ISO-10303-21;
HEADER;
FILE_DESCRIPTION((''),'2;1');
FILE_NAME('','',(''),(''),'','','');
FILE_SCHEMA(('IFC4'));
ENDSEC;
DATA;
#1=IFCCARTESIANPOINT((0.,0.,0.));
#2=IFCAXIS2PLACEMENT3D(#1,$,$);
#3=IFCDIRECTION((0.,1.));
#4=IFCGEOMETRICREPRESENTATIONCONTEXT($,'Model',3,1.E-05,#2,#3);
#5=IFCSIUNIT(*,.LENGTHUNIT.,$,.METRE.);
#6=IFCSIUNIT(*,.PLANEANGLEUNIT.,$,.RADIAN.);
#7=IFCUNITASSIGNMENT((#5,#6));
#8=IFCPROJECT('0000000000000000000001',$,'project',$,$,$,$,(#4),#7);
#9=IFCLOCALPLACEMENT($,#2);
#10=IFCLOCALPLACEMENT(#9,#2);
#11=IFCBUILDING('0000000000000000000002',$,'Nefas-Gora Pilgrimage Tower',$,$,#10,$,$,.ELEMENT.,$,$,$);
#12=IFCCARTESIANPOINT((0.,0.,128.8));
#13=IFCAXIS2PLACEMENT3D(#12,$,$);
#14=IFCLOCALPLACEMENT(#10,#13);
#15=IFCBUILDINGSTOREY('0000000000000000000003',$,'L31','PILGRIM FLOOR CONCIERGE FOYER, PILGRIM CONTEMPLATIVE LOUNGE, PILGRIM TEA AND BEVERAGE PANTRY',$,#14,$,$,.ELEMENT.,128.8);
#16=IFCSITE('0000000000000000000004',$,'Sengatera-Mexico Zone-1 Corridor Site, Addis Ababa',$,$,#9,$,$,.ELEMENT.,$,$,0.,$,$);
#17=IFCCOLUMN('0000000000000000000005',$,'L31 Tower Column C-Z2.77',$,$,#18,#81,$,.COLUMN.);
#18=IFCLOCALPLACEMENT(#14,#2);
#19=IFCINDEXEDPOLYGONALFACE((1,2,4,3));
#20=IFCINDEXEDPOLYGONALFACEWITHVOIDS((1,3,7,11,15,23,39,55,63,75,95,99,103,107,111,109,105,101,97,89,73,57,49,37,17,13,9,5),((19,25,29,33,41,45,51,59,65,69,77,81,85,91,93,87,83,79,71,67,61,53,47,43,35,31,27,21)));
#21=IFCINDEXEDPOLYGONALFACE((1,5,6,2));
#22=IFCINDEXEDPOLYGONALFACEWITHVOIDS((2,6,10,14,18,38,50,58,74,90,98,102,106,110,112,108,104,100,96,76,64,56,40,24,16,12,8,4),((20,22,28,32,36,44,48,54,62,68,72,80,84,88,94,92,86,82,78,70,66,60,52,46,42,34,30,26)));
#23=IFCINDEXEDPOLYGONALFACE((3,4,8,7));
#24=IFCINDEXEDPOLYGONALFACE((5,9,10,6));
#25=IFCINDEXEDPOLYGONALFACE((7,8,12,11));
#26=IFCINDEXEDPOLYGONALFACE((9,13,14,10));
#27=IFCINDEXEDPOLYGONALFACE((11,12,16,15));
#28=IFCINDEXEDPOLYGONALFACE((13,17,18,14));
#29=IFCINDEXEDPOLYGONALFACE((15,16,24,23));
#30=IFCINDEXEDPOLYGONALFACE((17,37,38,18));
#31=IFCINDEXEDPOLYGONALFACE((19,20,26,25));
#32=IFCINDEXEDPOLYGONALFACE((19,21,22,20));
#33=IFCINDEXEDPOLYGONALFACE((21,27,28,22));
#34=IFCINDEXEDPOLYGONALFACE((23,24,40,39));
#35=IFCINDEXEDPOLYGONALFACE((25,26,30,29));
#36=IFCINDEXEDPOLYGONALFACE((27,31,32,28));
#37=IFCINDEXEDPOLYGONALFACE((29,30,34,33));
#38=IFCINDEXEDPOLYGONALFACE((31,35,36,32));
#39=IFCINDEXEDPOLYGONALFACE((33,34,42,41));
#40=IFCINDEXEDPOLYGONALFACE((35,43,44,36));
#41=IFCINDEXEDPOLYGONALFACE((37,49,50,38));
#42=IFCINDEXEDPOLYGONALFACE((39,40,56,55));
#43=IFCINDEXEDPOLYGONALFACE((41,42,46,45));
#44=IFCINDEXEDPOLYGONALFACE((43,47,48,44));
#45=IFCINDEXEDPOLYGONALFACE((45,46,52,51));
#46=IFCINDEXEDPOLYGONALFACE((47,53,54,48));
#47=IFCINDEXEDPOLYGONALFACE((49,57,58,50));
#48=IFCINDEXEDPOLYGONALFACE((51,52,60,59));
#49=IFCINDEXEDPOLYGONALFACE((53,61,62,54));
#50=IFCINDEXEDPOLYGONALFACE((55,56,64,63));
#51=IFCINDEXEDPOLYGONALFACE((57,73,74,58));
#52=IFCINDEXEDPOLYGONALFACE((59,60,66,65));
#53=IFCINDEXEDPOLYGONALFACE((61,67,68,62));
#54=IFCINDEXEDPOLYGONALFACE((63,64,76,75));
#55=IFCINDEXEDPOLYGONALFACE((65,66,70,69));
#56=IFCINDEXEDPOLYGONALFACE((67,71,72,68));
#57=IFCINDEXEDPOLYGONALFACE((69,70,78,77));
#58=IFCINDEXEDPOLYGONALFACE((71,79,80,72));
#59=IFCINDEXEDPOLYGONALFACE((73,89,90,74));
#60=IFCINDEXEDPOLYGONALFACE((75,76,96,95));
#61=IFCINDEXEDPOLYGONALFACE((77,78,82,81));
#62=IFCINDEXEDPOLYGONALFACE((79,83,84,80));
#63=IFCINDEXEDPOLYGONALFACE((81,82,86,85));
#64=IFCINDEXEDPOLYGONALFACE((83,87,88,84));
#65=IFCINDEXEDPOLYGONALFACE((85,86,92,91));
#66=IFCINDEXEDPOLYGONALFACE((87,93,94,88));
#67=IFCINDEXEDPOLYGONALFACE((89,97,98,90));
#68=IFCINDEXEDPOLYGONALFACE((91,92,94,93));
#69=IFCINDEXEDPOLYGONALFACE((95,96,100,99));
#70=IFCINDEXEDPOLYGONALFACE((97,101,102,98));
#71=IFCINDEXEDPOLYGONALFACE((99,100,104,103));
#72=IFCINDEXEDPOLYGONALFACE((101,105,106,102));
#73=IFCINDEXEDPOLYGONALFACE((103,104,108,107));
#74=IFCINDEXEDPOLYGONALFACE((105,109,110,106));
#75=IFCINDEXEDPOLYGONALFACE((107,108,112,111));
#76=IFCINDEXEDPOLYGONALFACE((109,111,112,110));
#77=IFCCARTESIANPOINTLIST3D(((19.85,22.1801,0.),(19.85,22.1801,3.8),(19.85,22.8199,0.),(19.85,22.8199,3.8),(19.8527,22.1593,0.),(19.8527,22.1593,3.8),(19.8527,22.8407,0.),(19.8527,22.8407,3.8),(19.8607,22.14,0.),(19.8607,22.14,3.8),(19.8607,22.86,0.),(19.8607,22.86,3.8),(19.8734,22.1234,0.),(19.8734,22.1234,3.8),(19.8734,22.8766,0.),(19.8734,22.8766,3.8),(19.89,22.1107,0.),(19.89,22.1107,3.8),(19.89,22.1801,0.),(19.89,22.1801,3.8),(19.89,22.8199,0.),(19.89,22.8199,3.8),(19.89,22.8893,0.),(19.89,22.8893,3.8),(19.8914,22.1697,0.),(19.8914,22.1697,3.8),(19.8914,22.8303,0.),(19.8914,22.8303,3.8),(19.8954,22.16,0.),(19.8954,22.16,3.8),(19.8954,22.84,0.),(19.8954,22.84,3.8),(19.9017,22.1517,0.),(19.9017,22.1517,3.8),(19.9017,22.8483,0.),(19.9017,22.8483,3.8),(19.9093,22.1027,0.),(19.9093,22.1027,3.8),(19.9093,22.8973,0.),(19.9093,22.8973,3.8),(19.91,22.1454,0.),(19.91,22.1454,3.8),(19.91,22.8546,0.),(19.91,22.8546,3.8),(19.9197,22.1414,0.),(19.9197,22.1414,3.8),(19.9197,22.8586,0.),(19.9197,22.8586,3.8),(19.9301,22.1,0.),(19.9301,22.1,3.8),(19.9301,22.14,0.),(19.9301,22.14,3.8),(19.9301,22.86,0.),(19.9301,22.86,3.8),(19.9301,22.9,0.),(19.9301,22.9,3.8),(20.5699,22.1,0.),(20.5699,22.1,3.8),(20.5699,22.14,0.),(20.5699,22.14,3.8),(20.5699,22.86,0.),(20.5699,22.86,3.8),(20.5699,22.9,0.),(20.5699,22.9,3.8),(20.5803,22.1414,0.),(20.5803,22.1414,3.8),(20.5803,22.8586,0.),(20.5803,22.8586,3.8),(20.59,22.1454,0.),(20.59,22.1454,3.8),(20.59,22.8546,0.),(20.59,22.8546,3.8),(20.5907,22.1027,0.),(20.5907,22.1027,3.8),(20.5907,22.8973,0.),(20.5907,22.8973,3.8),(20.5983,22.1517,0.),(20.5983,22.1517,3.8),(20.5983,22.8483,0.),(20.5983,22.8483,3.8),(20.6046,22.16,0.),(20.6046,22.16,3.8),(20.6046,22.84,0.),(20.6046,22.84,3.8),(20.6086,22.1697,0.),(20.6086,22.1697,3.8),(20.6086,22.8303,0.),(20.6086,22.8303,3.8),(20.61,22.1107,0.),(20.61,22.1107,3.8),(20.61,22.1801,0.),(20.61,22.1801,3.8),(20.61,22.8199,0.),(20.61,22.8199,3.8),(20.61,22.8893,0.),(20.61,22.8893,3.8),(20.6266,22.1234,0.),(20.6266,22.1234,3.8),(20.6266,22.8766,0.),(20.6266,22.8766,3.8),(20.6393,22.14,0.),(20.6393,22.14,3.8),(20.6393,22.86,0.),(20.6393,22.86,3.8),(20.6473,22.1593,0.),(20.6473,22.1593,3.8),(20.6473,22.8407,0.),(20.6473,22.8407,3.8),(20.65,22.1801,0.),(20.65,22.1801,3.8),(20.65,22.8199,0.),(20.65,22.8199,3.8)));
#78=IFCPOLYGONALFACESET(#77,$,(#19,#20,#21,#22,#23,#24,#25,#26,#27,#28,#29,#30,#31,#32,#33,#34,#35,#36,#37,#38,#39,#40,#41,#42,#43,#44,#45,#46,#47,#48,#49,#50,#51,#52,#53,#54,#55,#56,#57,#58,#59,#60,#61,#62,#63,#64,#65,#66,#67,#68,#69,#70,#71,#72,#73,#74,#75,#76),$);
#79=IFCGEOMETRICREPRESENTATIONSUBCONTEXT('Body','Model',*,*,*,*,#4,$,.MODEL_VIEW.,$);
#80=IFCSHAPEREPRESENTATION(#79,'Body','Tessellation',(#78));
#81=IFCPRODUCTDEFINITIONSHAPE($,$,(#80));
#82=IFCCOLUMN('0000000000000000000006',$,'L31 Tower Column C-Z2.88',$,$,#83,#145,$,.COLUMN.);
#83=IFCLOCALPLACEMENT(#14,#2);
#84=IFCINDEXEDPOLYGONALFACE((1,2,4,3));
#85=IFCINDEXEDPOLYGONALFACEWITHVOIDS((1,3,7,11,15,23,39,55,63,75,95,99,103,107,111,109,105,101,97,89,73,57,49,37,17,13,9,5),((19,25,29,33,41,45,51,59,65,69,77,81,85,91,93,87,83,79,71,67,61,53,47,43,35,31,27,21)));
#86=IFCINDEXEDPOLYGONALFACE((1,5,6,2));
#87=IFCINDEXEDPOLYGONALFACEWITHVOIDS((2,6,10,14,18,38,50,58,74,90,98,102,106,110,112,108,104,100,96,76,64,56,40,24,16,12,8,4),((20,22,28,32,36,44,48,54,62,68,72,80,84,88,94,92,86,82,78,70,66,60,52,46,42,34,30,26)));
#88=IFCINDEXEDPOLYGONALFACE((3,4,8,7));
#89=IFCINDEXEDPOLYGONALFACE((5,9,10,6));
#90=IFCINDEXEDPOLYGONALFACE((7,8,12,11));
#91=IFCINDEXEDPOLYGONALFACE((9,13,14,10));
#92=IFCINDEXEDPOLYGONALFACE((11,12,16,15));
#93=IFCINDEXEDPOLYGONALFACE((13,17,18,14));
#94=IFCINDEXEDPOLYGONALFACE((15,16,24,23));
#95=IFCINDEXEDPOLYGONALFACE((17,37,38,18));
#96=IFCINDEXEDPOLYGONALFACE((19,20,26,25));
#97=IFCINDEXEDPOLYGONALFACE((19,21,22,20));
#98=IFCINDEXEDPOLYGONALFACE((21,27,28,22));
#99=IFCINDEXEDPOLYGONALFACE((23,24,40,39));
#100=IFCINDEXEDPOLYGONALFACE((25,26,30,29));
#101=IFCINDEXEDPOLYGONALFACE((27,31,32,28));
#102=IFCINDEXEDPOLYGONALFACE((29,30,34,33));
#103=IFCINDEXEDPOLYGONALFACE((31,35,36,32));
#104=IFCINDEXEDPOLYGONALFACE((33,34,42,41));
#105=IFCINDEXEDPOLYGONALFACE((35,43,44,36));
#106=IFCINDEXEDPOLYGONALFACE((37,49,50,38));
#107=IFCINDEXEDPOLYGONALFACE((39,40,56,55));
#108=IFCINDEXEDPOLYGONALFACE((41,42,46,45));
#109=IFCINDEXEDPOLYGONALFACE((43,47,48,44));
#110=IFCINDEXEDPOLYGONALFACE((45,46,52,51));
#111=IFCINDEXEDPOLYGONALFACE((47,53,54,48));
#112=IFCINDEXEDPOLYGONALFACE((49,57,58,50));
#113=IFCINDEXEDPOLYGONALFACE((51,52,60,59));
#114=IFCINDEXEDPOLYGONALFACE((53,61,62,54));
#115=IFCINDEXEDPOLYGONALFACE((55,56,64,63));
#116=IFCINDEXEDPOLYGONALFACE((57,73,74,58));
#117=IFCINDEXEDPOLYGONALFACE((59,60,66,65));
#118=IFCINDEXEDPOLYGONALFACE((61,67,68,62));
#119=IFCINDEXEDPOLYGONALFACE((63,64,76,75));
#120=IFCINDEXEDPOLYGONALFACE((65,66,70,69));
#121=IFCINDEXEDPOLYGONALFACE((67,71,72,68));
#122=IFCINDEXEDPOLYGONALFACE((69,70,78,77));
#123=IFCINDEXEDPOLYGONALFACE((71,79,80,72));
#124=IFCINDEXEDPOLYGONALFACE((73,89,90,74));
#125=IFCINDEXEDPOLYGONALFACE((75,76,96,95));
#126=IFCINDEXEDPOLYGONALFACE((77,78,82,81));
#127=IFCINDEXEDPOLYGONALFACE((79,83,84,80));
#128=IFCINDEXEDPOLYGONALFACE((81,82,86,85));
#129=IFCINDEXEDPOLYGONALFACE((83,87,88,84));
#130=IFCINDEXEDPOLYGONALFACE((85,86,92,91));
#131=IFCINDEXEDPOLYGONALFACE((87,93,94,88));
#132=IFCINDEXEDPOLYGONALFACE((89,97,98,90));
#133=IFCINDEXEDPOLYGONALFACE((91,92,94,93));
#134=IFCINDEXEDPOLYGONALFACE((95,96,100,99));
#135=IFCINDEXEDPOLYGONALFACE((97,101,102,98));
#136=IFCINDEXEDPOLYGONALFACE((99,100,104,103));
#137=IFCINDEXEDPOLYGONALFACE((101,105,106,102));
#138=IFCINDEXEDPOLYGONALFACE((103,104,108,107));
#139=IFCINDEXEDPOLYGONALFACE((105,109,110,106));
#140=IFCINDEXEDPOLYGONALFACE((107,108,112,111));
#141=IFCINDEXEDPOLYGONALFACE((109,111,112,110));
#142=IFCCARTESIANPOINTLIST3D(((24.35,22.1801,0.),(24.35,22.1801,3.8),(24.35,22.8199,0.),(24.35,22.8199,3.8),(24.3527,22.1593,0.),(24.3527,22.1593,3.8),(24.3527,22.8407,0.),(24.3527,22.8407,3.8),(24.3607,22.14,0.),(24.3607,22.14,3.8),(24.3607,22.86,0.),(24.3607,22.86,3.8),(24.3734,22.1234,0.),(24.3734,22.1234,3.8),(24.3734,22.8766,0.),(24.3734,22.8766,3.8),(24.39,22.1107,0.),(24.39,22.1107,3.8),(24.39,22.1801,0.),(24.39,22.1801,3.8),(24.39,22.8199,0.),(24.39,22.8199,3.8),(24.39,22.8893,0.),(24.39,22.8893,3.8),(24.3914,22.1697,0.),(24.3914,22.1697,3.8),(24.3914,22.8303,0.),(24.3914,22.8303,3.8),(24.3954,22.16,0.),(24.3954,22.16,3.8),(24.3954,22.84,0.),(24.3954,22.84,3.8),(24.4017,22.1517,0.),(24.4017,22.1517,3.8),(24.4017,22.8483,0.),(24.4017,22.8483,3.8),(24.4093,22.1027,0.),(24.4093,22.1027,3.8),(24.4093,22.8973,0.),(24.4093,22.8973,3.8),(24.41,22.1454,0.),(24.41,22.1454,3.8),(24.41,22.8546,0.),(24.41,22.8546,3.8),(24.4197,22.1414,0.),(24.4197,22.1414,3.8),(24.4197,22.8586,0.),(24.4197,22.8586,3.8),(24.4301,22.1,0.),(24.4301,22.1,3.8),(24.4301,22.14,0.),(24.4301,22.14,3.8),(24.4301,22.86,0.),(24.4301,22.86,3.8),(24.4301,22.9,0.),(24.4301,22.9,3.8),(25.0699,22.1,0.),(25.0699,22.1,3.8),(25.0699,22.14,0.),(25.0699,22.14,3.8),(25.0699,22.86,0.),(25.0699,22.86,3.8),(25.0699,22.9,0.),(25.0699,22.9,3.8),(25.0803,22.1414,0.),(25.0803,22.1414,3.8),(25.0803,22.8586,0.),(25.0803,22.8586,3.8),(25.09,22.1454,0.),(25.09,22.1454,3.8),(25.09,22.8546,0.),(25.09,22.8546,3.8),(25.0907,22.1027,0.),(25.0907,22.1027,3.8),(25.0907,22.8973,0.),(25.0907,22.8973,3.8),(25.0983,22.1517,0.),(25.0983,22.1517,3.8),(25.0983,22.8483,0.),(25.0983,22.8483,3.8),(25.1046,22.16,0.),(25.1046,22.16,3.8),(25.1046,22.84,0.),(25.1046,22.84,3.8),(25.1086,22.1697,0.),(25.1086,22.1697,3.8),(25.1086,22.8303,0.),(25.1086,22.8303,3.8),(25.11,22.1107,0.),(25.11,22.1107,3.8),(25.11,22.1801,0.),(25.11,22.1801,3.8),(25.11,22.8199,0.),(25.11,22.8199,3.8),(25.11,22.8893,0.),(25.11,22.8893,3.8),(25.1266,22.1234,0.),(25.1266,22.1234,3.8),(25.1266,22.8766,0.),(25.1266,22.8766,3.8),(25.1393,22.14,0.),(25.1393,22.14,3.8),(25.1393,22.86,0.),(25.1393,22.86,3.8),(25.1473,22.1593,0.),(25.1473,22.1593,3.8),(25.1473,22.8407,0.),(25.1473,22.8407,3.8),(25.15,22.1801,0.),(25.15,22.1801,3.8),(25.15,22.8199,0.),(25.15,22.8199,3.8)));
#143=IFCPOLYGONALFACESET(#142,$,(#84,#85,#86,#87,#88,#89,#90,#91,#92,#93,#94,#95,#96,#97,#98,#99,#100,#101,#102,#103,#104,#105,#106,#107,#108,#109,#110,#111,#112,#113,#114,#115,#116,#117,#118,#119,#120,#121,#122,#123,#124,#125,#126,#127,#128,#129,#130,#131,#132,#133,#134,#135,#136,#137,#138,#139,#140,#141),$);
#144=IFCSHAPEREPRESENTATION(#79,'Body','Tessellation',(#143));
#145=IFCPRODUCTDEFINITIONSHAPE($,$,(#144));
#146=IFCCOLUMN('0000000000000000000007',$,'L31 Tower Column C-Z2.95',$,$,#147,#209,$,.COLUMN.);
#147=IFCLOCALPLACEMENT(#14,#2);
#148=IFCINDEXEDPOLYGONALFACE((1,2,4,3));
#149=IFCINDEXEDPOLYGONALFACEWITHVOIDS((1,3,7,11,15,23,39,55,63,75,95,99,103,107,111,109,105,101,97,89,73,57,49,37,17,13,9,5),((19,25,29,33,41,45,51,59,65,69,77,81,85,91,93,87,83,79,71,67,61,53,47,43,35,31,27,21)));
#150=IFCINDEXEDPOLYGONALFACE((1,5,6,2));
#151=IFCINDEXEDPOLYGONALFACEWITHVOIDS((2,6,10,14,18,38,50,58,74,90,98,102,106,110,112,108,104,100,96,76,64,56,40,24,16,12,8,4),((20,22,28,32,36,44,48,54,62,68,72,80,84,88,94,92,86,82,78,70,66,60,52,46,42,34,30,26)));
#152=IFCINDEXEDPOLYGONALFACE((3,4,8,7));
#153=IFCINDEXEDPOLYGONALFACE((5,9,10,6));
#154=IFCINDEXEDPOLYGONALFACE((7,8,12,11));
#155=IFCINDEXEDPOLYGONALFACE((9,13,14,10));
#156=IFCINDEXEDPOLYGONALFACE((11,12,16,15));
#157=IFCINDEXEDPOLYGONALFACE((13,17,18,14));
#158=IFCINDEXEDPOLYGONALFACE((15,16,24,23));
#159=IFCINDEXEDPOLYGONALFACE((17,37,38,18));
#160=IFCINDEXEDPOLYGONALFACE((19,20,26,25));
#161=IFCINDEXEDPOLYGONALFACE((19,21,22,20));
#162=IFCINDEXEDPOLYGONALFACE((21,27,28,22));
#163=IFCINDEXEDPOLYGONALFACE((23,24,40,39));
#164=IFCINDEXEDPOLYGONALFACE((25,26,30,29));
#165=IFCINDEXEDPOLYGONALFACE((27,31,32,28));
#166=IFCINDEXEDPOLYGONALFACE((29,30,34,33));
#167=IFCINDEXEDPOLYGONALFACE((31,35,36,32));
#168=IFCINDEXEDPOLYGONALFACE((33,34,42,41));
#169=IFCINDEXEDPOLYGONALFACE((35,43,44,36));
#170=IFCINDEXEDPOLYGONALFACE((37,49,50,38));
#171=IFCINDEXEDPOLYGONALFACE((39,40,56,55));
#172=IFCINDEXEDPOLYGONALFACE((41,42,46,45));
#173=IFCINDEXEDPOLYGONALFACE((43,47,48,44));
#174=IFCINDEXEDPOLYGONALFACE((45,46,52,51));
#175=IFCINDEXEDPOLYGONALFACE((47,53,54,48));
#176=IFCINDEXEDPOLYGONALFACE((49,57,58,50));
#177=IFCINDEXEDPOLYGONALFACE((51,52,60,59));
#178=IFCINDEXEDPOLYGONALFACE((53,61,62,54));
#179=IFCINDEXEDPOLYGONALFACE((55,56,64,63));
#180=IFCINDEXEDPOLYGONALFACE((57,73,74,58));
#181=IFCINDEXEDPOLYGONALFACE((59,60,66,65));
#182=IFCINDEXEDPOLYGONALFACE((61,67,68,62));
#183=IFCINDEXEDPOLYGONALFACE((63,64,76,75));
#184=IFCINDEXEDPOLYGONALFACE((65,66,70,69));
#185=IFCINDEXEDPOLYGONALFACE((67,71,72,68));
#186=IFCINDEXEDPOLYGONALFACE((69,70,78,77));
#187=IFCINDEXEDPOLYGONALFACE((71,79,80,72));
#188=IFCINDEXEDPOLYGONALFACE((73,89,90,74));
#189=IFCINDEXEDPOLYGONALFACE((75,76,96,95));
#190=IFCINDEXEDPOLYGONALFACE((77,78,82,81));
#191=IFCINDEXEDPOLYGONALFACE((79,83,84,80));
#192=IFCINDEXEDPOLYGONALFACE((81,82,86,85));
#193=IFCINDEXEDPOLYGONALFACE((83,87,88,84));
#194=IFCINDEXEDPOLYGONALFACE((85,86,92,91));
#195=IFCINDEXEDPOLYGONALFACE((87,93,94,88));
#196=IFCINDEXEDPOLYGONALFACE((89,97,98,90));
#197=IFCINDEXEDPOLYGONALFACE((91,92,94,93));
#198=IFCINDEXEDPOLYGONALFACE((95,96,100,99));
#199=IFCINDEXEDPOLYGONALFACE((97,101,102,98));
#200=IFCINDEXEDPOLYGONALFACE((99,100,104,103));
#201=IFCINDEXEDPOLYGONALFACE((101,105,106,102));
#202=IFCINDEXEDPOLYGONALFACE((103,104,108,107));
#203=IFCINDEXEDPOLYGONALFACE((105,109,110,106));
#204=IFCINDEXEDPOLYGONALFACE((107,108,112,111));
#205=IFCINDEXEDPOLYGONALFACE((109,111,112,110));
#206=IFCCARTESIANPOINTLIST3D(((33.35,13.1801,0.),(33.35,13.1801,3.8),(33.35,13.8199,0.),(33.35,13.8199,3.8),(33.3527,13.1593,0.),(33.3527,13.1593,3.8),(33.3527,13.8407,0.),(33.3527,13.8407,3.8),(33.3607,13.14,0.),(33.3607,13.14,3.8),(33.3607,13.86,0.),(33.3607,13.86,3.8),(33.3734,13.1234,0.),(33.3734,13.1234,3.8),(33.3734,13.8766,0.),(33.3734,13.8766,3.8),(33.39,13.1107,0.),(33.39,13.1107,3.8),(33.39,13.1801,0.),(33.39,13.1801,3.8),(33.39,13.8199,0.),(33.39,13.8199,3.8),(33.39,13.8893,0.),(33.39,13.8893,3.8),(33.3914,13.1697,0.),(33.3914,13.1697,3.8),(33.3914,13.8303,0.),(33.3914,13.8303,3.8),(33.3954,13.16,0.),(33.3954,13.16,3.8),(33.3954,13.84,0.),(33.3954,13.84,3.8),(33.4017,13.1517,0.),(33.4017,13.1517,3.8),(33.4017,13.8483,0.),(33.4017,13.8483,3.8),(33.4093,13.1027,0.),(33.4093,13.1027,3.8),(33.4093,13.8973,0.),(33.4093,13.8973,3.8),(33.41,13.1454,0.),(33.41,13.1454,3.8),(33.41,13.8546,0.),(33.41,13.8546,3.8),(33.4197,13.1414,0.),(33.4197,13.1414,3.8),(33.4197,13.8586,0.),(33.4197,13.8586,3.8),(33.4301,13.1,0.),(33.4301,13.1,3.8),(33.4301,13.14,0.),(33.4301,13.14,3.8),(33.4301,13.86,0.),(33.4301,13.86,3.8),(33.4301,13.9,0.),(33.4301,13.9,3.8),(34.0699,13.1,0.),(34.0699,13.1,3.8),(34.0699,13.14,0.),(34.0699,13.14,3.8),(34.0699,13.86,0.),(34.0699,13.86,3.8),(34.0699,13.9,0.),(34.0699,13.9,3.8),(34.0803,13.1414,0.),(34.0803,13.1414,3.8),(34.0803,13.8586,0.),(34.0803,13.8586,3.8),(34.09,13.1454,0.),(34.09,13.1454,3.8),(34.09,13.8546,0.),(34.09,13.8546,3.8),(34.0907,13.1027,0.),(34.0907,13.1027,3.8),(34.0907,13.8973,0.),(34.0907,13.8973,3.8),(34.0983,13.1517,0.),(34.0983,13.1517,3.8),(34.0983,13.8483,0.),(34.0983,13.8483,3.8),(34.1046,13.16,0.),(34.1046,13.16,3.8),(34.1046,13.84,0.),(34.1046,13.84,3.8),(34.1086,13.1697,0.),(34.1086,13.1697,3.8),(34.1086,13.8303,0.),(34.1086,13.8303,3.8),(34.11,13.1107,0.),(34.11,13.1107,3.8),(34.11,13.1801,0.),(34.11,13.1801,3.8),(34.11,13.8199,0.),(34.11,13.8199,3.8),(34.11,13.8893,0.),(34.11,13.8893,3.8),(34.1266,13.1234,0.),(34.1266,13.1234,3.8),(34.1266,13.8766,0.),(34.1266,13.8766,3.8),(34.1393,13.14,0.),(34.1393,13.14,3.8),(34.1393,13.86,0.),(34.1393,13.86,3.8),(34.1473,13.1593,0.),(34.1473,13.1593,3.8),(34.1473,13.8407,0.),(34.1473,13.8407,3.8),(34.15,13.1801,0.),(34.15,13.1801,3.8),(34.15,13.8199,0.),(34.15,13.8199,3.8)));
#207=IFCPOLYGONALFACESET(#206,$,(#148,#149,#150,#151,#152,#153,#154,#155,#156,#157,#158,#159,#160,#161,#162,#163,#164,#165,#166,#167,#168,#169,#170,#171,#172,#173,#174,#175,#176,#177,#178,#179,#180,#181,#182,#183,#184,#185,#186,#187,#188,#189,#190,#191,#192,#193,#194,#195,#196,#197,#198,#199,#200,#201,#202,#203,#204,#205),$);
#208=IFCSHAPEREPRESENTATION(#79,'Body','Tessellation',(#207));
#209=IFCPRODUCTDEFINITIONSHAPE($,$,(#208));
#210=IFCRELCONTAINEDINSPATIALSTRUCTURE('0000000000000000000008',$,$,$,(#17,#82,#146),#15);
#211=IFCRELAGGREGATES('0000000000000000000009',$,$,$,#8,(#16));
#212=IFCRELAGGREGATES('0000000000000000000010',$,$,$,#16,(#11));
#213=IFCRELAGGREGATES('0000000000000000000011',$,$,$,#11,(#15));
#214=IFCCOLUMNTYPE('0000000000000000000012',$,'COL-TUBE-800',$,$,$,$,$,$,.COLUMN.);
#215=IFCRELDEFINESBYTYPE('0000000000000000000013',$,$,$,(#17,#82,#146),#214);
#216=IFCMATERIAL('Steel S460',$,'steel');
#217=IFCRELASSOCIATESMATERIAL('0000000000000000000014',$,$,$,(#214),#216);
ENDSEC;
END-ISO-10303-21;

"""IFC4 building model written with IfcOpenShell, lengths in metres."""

from ifc_helpers import new_model, si_unit, direction, frame, origin, origin_2d, place, context, subcontext, project, spatial, hollow_rectangle, extrude, source, transform, mapped, material, material_profile, profile_set, type_object, element, save


model = new_model("IFC4")

# Units and contexts
model_context = context("Model", 3, precision=1e-05, world=origin(), true_north=direction((0.0, 1.0)))
body_context = subcontext(model_context, "Body", "Model", "MODEL_VIEW")
ifc_project = project(units=[si_unit("LENGTHUNIT", "METRE"), si_unit("PLANEANGLEUNIT", "RADIAN")], contexts=[model_context])

# Site, building, storey
site_placement = place(None, origin())
site = spatial("IfcSite", under=ifc_project, at=site_placement, Name="Sengatera-Mexico Zone-1 Corridor Site, Addis Ababa", CompositionType="ELEMENT", RefElevation=0.0)
building_placement = place(site_placement, origin())
building = spatial("IfcBuilding", under=site, at=building_placement, Name="Nefas-Gora Pilgrimage Tower", CompositionType="ELEMENT")
storey_placement = place(building_placement, frame((0.0, 0.0, 128.8)))
storey = spatial("IfcBuildingStorey", under=building, at=storey_placement, Name="L31", Description="PILGRIM FLOOR CONCIERGE FOYER, PILGRIM CONTEMPLATIVE LOUNGE, PILGRIM TEA AND BEVERAGE PANTRY", CompositionType="ELEMENT", Elevation=128.8)

# Columns
ifc_material_1 = material(Name="Steel S460", Category="steel")
ifc_material_profile_1 = material_profile(ifc_material_1, hollow_rectangle(XDim=0.8, YDim=0.8, WallThickness=0.04, InnerFilletRadius=0.04, OuterFilletRadius=0.0801, at=origin_2d()), Name="BOX 800x800x40")
ifc_profile_set_1 = profile_set([ifc_material_profile_1], Name="Steel S460")
column_type_1 = type_object("IfcColumnType", Name="COL-TUBE-800", PredefinedType="COLUMN", material=ifc_profile_set_1)
shared_shape_1 = source(origin(), body_context, "Body", "SweptSolid", [
    extrude(hollow_rectangle(XDim=0.8, YDim=0.8, WallThickness=0.04, InnerFilletRadius=0.04, OuterFilletRadius=0.0801, at=origin_2d()), origin(), (0.0, 0.0, 1.0), 3.8),
])
for number, where, z_axis, x_axis, name in (
    (1, (20.25, 22.5, 0.0), (0.0, 0.0, 1.0), (1.0, 0.0, 0.0), "L31 Tower Column C-Z2.77"),
    (2, (24.75, 22.5, 0.0), (0.0, 0.0, 1.0), (1.0, 0.0, 0.0), "L31 Tower Column C-Z2.88"),
    (3, (33.75, 13.5, 0.0), (0.0, 0.0, 1.0), (1.0, 0.0, 0.0), "L31 Tower Column C-Z2.95"),
):
    element("IfcColumn", number, at=place(storey_placement, frame(where, z_axis=z_axis, x_axis=x_axis)), inside=storey, type_object=column_type_1, Name=name, PredefinedType="COLUMN", context=body_context, shape_type="MappedRepresentation", body=[
        mapped(shared_shape_1, transform((0.0, 0.0, 0.0), x_axis=(1.0, 0.0, 0.0), y_axis=(0.0, 1.0, 0.0), z_axis=(0.0, 0.0, 1.0), scale=1.0)),
    ])

save(model, "model.ifc")
